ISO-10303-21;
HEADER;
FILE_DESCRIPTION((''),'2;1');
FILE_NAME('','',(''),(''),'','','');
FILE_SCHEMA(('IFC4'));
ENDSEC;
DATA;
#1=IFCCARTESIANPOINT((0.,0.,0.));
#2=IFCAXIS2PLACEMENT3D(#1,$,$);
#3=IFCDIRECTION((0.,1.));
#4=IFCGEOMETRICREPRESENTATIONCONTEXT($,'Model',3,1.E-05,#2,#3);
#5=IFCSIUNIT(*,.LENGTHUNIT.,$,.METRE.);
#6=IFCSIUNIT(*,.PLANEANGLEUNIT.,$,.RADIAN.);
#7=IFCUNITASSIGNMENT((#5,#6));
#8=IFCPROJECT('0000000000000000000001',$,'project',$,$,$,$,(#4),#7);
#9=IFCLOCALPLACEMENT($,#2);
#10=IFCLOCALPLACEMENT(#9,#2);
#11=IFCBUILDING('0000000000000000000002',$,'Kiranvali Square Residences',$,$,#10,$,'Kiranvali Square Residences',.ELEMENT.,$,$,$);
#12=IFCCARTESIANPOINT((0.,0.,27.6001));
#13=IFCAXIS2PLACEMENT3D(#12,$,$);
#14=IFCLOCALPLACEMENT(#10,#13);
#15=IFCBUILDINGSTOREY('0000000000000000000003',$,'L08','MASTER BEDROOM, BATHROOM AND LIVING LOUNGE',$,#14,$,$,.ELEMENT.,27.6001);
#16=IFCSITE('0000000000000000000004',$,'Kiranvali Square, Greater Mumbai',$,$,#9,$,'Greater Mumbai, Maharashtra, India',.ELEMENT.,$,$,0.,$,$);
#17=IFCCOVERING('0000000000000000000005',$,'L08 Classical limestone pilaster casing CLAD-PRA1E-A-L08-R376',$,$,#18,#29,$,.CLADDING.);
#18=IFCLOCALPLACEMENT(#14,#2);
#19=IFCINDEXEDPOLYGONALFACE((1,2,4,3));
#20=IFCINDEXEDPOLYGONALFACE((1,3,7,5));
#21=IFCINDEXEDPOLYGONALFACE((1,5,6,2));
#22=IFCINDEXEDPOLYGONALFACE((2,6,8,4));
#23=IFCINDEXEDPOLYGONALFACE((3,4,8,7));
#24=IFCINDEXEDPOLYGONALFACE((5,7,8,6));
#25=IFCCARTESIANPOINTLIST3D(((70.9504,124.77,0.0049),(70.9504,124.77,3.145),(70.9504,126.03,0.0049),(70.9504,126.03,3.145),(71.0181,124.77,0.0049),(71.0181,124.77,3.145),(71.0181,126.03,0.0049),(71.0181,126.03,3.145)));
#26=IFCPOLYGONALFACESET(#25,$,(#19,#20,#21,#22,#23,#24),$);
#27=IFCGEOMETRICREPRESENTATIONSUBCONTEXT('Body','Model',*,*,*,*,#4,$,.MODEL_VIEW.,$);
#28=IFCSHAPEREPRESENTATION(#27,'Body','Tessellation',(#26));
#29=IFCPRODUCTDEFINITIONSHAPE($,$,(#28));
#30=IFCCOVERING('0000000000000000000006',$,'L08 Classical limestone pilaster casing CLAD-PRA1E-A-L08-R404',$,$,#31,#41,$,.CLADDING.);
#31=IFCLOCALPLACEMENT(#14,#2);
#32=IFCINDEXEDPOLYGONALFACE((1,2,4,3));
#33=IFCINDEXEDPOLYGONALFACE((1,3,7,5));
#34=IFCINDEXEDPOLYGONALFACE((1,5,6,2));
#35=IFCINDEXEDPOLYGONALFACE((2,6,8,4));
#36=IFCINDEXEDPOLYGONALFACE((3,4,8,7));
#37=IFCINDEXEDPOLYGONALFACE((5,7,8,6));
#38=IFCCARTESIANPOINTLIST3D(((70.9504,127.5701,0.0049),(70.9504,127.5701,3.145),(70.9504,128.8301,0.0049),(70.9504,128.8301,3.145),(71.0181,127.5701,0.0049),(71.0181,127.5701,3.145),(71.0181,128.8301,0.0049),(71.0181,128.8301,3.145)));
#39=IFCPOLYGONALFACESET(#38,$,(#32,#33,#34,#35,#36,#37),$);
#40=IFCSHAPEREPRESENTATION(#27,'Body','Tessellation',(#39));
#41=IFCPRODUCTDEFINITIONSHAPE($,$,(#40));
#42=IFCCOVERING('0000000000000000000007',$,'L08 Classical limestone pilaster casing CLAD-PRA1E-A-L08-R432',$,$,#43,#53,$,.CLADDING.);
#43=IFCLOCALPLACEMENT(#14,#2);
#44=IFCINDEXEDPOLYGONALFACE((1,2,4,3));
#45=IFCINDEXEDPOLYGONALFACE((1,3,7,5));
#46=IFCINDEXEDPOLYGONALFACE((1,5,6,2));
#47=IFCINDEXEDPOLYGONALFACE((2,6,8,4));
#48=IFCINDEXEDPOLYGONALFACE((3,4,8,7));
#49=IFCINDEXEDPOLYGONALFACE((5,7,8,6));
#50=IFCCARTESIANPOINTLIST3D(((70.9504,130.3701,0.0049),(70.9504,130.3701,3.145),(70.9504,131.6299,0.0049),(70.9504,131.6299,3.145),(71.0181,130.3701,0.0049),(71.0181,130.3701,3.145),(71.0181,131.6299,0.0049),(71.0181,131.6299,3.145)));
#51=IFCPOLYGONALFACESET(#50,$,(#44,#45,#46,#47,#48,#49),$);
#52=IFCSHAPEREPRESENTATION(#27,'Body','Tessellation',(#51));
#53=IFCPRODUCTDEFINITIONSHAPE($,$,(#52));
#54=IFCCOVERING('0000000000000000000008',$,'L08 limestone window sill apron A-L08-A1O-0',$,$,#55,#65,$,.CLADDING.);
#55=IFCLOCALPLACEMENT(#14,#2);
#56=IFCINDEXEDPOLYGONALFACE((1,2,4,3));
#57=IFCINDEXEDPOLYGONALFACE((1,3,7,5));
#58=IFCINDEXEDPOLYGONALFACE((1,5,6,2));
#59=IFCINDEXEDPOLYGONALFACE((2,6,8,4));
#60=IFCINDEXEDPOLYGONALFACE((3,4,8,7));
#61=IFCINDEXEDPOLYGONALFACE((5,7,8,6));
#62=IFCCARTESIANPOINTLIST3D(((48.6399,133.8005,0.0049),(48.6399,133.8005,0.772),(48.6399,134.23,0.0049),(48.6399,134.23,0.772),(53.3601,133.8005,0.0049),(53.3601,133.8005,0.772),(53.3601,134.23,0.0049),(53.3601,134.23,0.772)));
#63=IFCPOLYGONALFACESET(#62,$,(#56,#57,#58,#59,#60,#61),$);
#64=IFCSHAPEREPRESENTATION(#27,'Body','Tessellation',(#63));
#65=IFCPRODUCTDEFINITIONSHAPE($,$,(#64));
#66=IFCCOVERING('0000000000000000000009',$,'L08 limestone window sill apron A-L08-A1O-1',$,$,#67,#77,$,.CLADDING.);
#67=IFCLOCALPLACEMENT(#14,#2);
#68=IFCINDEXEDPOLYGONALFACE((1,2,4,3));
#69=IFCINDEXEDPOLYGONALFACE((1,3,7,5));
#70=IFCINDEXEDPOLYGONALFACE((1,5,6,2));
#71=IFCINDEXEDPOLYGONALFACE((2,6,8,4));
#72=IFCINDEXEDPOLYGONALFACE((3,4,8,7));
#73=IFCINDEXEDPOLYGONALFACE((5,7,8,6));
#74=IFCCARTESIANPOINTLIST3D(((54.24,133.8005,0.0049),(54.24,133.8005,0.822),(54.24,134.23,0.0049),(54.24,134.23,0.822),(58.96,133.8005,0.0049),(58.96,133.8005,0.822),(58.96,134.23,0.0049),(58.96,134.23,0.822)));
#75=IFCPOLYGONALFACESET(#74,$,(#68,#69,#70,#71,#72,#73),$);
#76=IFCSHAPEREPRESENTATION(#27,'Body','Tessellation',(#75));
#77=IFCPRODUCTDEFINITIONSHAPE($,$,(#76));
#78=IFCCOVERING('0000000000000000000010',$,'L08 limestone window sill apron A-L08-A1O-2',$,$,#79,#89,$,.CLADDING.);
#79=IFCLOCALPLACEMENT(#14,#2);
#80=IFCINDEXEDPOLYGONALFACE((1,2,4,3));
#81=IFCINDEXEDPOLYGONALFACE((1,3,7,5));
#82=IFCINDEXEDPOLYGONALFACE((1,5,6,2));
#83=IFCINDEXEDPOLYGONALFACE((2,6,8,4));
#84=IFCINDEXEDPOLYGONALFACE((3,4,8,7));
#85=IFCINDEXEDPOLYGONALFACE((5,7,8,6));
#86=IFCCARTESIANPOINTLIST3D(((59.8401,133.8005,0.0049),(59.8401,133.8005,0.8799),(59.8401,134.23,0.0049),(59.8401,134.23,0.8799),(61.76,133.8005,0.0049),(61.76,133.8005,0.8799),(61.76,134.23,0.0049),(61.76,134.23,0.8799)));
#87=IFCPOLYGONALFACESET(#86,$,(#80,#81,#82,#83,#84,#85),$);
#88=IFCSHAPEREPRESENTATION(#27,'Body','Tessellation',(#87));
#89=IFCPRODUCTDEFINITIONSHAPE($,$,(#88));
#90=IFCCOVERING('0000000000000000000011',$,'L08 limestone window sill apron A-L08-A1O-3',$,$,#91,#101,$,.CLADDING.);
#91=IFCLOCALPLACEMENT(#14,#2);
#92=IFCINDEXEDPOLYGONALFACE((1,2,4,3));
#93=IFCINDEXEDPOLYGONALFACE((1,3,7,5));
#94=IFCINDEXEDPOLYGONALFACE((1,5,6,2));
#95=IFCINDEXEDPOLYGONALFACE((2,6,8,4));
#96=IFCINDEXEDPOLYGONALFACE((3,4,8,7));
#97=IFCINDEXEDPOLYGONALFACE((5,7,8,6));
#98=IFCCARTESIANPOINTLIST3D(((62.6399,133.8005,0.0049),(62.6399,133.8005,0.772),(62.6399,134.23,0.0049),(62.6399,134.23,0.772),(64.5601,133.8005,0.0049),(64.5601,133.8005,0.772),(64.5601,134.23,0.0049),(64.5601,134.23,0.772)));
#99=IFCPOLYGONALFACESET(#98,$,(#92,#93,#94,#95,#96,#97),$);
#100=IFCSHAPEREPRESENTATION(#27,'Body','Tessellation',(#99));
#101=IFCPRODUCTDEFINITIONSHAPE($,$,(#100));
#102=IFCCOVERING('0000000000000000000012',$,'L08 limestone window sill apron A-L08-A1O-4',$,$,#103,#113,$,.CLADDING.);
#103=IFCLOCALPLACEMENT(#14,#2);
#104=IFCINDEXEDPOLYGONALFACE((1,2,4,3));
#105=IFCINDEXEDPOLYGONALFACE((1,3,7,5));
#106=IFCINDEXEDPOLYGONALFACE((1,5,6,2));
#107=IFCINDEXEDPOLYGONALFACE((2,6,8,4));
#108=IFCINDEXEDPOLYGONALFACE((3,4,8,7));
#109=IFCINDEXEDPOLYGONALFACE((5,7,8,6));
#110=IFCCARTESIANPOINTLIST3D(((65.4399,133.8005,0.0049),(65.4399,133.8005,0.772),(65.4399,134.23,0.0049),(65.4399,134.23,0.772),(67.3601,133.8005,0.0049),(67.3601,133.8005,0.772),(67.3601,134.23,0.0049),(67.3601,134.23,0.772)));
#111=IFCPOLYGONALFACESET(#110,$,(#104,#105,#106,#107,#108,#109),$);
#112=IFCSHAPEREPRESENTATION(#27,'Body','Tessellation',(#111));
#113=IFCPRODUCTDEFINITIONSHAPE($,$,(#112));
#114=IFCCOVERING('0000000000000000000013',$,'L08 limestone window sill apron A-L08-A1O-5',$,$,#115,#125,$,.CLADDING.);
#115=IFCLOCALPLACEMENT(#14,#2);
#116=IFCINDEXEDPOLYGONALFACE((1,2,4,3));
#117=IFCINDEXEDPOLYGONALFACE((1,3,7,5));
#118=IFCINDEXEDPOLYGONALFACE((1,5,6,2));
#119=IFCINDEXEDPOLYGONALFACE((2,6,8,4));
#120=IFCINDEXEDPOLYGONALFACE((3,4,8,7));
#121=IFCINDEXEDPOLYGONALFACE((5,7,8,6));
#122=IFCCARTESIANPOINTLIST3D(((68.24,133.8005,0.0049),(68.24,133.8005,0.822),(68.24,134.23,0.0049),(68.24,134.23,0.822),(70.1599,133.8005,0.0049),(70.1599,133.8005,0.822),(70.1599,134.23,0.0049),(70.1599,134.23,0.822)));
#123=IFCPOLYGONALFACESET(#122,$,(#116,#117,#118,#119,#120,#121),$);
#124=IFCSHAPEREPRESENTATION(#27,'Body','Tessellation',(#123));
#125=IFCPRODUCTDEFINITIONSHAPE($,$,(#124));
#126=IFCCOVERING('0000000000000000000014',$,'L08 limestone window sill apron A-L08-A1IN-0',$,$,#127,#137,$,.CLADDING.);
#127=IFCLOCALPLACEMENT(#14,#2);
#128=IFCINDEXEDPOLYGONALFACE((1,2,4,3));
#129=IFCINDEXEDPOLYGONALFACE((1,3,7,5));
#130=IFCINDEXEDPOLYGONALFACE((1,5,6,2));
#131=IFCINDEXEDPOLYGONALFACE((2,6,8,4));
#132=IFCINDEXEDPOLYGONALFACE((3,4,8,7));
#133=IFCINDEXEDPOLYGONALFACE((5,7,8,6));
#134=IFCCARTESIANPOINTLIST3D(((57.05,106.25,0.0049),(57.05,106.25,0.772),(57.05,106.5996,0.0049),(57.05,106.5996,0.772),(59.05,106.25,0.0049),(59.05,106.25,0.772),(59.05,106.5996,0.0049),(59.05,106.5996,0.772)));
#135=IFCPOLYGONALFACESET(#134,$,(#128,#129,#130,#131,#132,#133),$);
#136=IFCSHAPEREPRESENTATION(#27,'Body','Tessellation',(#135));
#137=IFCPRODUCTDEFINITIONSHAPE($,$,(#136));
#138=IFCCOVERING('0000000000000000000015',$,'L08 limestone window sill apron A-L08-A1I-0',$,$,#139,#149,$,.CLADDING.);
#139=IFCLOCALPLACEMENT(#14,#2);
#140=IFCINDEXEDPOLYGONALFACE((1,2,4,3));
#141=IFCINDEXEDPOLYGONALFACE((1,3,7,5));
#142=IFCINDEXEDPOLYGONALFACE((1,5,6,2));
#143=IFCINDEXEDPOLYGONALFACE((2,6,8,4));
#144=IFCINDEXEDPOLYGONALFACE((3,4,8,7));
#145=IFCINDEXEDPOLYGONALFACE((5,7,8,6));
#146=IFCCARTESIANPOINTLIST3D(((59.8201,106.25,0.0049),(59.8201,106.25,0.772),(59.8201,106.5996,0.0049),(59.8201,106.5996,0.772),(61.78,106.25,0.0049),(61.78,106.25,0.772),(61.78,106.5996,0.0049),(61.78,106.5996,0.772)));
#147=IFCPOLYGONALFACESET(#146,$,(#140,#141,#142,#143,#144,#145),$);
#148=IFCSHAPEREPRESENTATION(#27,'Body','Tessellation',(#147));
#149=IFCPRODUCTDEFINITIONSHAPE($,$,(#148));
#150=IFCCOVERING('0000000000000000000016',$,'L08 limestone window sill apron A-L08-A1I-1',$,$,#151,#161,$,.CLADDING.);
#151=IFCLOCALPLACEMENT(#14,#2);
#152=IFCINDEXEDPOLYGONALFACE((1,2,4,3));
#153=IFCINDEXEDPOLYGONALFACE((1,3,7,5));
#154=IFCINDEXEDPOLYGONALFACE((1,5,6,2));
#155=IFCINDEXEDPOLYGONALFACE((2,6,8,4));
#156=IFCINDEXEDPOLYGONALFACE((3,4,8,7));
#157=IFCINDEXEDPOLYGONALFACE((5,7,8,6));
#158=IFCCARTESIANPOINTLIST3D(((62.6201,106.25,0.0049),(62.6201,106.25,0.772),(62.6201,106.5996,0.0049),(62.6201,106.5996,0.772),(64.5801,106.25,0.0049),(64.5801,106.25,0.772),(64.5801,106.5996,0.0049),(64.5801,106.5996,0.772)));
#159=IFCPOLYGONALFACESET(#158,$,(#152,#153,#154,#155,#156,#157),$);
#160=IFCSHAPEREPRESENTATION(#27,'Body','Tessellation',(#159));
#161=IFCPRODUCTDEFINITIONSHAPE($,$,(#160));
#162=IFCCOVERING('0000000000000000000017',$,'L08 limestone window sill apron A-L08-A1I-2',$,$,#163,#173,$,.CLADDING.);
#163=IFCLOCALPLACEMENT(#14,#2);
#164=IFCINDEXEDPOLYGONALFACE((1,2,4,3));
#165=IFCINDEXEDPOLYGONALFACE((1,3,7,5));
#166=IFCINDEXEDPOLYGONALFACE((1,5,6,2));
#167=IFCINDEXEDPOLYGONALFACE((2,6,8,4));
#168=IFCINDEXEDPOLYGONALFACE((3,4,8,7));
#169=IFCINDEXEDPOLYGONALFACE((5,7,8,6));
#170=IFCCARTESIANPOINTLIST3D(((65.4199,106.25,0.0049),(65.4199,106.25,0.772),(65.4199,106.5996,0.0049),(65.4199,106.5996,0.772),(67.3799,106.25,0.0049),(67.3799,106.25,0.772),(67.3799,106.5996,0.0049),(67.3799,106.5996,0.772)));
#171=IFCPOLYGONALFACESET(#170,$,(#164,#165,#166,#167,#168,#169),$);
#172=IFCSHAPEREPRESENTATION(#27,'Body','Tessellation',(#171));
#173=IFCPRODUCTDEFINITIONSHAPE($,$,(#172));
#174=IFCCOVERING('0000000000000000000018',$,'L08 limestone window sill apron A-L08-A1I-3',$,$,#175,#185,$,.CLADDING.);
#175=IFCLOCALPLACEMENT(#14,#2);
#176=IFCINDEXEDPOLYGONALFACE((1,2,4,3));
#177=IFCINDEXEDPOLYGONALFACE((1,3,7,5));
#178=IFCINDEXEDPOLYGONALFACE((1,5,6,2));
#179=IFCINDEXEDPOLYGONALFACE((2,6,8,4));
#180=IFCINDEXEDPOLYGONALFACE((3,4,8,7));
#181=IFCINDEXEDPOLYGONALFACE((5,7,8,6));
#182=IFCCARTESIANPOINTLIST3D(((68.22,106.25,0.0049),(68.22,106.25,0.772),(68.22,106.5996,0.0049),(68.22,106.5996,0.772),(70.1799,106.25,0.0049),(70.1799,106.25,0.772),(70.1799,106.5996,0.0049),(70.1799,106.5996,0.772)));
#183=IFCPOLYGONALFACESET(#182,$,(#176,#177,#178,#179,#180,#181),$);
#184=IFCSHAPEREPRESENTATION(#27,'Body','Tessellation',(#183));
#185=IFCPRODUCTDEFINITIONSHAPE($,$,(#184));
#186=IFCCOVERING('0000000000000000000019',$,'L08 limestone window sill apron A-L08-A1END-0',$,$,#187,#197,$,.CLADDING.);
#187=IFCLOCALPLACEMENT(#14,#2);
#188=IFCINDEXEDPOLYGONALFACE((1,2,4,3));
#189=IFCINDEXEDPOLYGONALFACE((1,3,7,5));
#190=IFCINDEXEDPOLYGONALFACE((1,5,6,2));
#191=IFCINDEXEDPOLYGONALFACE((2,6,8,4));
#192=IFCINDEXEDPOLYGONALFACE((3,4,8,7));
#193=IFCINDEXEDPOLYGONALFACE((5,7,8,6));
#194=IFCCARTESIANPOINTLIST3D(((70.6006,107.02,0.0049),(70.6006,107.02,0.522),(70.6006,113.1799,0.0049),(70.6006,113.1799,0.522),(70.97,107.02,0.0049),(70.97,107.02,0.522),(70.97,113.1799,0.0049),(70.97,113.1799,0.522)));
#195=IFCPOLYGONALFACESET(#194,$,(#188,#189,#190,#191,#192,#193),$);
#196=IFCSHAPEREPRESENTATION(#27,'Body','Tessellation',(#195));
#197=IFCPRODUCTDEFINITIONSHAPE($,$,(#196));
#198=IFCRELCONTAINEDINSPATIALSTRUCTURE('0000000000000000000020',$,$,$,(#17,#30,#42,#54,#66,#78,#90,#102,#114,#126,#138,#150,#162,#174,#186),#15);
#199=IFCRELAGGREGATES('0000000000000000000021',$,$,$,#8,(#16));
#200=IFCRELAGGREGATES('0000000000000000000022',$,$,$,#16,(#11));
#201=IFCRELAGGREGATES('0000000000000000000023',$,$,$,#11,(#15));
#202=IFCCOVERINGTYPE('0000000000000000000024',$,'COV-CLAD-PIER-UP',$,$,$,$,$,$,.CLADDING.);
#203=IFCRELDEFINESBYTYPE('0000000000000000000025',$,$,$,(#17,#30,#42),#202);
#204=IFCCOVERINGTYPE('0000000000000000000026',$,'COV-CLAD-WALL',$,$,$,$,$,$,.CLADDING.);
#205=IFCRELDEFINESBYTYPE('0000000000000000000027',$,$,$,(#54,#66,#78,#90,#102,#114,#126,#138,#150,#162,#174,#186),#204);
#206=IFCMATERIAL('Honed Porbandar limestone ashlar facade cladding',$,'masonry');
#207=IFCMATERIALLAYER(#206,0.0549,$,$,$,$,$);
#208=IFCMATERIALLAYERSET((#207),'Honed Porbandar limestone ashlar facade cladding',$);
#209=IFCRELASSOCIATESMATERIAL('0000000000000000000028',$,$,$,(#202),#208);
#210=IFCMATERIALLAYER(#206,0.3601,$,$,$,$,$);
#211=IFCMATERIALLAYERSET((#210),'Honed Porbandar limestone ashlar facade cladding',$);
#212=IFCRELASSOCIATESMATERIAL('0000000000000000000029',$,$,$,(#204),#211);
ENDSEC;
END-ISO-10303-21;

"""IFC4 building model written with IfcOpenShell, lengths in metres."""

from ifc_helpers import new_model, si_unit, direction, frame, origin, place, context, subcontext, project, spatial, polyline, outline, extrude, material, layer, layer_set, type_object, element, save


model = new_model("IFC4")

# Units and contexts
model_context = context("Model", 3, precision=1e-05, world=origin(), true_north=direction((0.0, 1.0)))
body_context = subcontext(model_context, "Body", "Model", "MODEL_VIEW")
ifc_project = project(units=[si_unit("LENGTHUNIT", "METRE"), si_unit("PLANEANGLEUNIT", "RADIAN")], contexts=[model_context])

# Site, building, storey
site_placement = place(None, origin())
site = spatial("IfcSite", under=ifc_project, at=site_placement, Name="Kiranvali Square, Greater Mumbai", LongName="Greater Mumbai, Maharashtra, India", CompositionType="ELEMENT", RefElevation=0.0)
building_placement = place(site_placement, origin())
building = spatial("IfcBuilding", under=site, at=building_placement, Name="Kiranvali Square Residences", LongName="Kiranvali Square Residences", CompositionType="ELEMENT")
storey_placement = place(building_placement, frame((0.0, 0.0, 27.6001)))
storey = spatial("IfcBuildingStorey", under=building, at=storey_placement, Name="L08", Description="MASTER BEDROOM, BATHROOM AND LIVING LOUNGE", CompositionType="ELEMENT", Elevation=27.6001)

# Coverings
ifc_material = material(Name="Honed Porbandar limestone ashlar facade cladding", Category="masonry")
ifc_layer_1 = layer(ifc_material, 0.0549)
ifc_layer_set_1 = layer_set([ifc_layer_1], Name="Honed Porbandar limestone ashlar facade cladding")
covering_type_1 = type_object("IfcCoveringType", Name="COV-CLAD-PIER-UP", PredefinedType="CLADDING", material=ifc_layer_set_1)
covering_1_placement = place(storey_placement, frame((0.0, 0.0, 0.0049)))
element("IfcCovering", 1, at=covering_1_placement, inside=storey, type_object=covering_type_1, Name="L08 Classical limestone pilaster casing CLAD-PRA1E-A-L08-R376", PredefinedType="CLADDING", context=body_context, shape_type="SweptSolid", body=[
    extrude(outline(polyline([(71.0181, 124.77), (71.0181, 126.03), (70.9504, 126.03), (70.9504, 124.77), (71.0181, 124.77)])), origin(), (0.0, 0.0, 1.0), 3.1401),
])
covering_2_placement = place(storey_placement, frame((0.0, 0.0, 0.0049)))
element("IfcCovering", 2, at=covering_2_placement, inside=storey, type_object=covering_type_1, Name="L08 Classical limestone pilaster casing CLAD-PRA1E-A-L08-R404", PredefinedType="CLADDING", context=body_context, shape_type="SweptSolid", body=[
    extrude(outline(polyline([(71.0181, 127.5701), (71.0181, 128.8301), (70.9504, 128.8301), (70.9504, 127.5701), (71.0181, 127.5701)])), origin(), (0.0, 0.0, 1.0), 3.1401),
])
covering_3_placement = place(storey_placement, frame((0.0, 0.0, 0.0049)))
element("IfcCovering", 3, at=covering_3_placement, inside=storey, type_object=covering_type_1, Name="L08 Classical limestone pilaster casing CLAD-PRA1E-A-L08-R432", PredefinedType="CLADDING", context=body_context, shape_type="SweptSolid", body=[
    extrude(outline(polyline([(71.0181, 130.3701), (71.0181, 131.6299), (70.9504, 131.6299), (70.9504, 130.3701), (71.0181, 130.3701)])), origin(), (0.0, 0.0, 1.0), 3.1401),
])
ifc_layer_2 = layer(ifc_material, 0.3601)
ifc_layer_set_2 = layer_set([ifc_layer_2], Name="Honed Porbandar limestone ashlar facade cladding")
covering_type_2 = type_object("IfcCoveringType", Name="COV-CLAD-WALL", PredefinedType="CLADDING", material=ifc_layer_set_2)
covering_4_placement = place(storey_placement, frame((0.0, 0.0, 0.0049)))
element("IfcCovering", 4, at=covering_4_placement, inside=storey, type_object=covering_type_2, Name="L08 limestone window sill apron A-L08-A1O-0", PredefinedType="CLADDING", context=body_context, shape_type="SweptSolid", body=[
    extrude(outline(polyline([(48.6399, 133.8005), (53.3601, 133.8005), (53.3601, 134.23), (48.6399, 134.23), (48.6399, 133.8005)])), origin(), (0.0, 0.0, 1.0), 0.7671),
])
covering_5_placement = place(storey_placement, frame((0.0, 0.0, 0.0049)))
element("IfcCovering", 5, at=covering_5_placement, inside=storey, type_object=covering_type_2, Name="L08 limestone window sill apron A-L08-A1O-1", PredefinedType="CLADDING", context=body_context, shape_type="SweptSolid", body=[
    extrude(outline(polyline([(54.24, 133.8005), (58.96, 133.8005), (58.96, 134.23), (54.24, 134.23), (54.24, 133.8005)])), origin(), (0.0, 0.0, 1.0), 0.8171),
])
covering_6_placement = place(storey_placement, frame((0.0, 0.0, 0.0049)))
element("IfcCovering", 6, at=covering_6_placement, inside=storey, type_object=covering_type_2, Name="L08 limestone window sill apron A-L08-A1O-2", PredefinedType="CLADDING", context=body_context, shape_type="SweptSolid", body=[
    extrude(outline(polyline([(59.8401, 133.8005), (61.76, 133.8005), (61.76, 134.23), (59.8401, 134.23), (59.8401, 133.8005)])), origin(), (0.0, 0.0, 1.0), 0.875),
])
covering_7_placement = place(storey_placement, frame((0.0, 0.0, 0.0049)))
element("IfcCovering", 7, at=covering_7_placement, inside=storey, type_object=covering_type_2, Name="L08 limestone window sill apron A-L08-A1O-3", PredefinedType="CLADDING", context=body_context, shape_type="SweptSolid", body=[
    extrude(outline(polyline([(62.6399, 133.8005), (64.5601, 133.8005), (64.5601, 134.23), (62.6399, 134.23), (62.6399, 133.8005)])), origin(), (0.0, 0.0, 1.0), 0.7671),
])
covering_8_placement = place(storey_placement, frame((0.0, 0.0, 0.0049)))
element("IfcCovering", 8, at=covering_8_placement, inside=storey, type_object=covering_type_2, Name="L08 limestone window sill apron A-L08-A1O-4", PredefinedType="CLADDING", context=body_context, shape_type="SweptSolid", body=[
    extrude(outline(polyline([(65.4399, 133.8005), (67.3601, 133.8005), (67.3601, 134.23), (65.4399, 134.23), (65.4399, 133.8005)])), origin(), (0.0, 0.0, 1.0), 0.7671),
])
covering_9_placement = place(storey_placement, frame((0.0, 0.0, 0.0049)))
element("IfcCovering", 9, at=covering_9_placement, inside=storey, type_object=covering_type_2, Name="L08 limestone window sill apron A-L08-A1O-5", PredefinedType="CLADDING", context=body_context, shape_type="SweptSolid", body=[
    extrude(outline(polyline([(68.24, 133.8005), (70.1599, 133.8005), (70.1599, 134.23), (68.24, 134.23), (68.24, 133.8005)])), origin(), (0.0, 0.0, 1.0), 0.8171),
])
covering_10_placement = place(storey_placement, frame((0.0, 0.0, 0.0049)))
element("IfcCovering", 10, at=covering_10_placement, inside=storey, type_object=covering_type_2, Name="L08 limestone window sill apron A-L08-A1IN-0", PredefinedType="CLADDING", context=body_context, shape_type="SweptSolid", body=[
    extrude(outline(polyline([(57.05, 106.25), (59.05, 106.25), (59.05, 106.5996), (57.05, 106.5996), (57.05, 106.25)])), origin(), (0.0, 0.0, 1.0), 0.7671),
])
covering_11_placement = place(storey_placement, frame((0.0, 0.0, 0.0049)))
element("IfcCovering", 11, at=covering_11_placement, inside=storey, type_object=covering_type_2, Name="L08 limestone window sill apron A-L08-A1I-0", PredefinedType="CLADDING", context=body_context, shape_type="SweptSolid", body=[
    extrude(outline(polyline([(59.8201, 106.25), (61.78, 106.25), (61.78, 106.5996), (59.8201, 106.5996), (59.8201, 106.25)])), origin(), (0.0, 0.0, 1.0), 0.7671),
])
covering_12_placement = place(storey_placement, frame((0.0, 0.0, 0.0049)))
element("IfcCovering", 12, at=covering_12_placement, inside=storey, type_object=covering_type_2, Name="L08 limestone window sill apron A-L08-A1I-1", PredefinedType="CLADDING", context=body_context, shape_type="SweptSolid", body=[
    extrude(outline(polyline([(62.6201, 106.25), (64.5801, 106.25), (64.5801, 106.5996), (62.6201, 106.5996), (62.6201, 106.25)])), origin(), (0.0, 0.0, 1.0), 0.7671),
])
covering_13_placement = place(storey_placement, frame((0.0, 0.0, 0.0049)))
element("IfcCovering", 13, at=covering_13_placement, inside=storey, type_object=covering_type_2, Name="L08 limestone window sill apron A-L08-A1I-2", PredefinedType="CLADDING", context=body_context, shape_type="SweptSolid", body=[
    extrude(outline(polyline([(65.4199, 106.25), (67.3799, 106.25), (67.3799, 106.5996), (65.4199, 106.5996), (65.4199, 106.25)])), origin(), (0.0, 0.0, 1.0), 0.7671),
])
covering_14_placement = place(storey_placement, frame((0.0, 0.0, 0.0049)))
element("IfcCovering", 14, at=covering_14_placement, inside=storey, type_object=covering_type_2, Name="L08 limestone window sill apron A-L08-A1I-3", PredefinedType="CLADDING", context=body_context, shape_type="SweptSolid", body=[
    extrude(outline(polyline([(68.22, 106.25), (70.1799, 106.25), (70.1799, 106.5996), (68.22, 106.5996), (68.22, 106.25)])), origin(), (0.0, 0.0, 1.0), 0.7671),
])
covering_15_placement = place(storey_placement, frame((0.0, 0.0, 0.0049)))
element("IfcCovering", 15, at=covering_15_placement, inside=storey, type_object=covering_type_2, Name="L08 limestone window sill apron A-L08-A1END-0", PredefinedType="CLADDING", context=body_context, shape_type="SweptSolid", body=[
    extrude(outline(polyline([(70.97, 107.02), (70.97, 113.1799), (70.6006, 113.1799), (70.6006, 107.02), (70.97, 107.02)])), origin(), (0.0, 0.0, 1.0), 0.5171),
])

save(model, "model.ifc")
